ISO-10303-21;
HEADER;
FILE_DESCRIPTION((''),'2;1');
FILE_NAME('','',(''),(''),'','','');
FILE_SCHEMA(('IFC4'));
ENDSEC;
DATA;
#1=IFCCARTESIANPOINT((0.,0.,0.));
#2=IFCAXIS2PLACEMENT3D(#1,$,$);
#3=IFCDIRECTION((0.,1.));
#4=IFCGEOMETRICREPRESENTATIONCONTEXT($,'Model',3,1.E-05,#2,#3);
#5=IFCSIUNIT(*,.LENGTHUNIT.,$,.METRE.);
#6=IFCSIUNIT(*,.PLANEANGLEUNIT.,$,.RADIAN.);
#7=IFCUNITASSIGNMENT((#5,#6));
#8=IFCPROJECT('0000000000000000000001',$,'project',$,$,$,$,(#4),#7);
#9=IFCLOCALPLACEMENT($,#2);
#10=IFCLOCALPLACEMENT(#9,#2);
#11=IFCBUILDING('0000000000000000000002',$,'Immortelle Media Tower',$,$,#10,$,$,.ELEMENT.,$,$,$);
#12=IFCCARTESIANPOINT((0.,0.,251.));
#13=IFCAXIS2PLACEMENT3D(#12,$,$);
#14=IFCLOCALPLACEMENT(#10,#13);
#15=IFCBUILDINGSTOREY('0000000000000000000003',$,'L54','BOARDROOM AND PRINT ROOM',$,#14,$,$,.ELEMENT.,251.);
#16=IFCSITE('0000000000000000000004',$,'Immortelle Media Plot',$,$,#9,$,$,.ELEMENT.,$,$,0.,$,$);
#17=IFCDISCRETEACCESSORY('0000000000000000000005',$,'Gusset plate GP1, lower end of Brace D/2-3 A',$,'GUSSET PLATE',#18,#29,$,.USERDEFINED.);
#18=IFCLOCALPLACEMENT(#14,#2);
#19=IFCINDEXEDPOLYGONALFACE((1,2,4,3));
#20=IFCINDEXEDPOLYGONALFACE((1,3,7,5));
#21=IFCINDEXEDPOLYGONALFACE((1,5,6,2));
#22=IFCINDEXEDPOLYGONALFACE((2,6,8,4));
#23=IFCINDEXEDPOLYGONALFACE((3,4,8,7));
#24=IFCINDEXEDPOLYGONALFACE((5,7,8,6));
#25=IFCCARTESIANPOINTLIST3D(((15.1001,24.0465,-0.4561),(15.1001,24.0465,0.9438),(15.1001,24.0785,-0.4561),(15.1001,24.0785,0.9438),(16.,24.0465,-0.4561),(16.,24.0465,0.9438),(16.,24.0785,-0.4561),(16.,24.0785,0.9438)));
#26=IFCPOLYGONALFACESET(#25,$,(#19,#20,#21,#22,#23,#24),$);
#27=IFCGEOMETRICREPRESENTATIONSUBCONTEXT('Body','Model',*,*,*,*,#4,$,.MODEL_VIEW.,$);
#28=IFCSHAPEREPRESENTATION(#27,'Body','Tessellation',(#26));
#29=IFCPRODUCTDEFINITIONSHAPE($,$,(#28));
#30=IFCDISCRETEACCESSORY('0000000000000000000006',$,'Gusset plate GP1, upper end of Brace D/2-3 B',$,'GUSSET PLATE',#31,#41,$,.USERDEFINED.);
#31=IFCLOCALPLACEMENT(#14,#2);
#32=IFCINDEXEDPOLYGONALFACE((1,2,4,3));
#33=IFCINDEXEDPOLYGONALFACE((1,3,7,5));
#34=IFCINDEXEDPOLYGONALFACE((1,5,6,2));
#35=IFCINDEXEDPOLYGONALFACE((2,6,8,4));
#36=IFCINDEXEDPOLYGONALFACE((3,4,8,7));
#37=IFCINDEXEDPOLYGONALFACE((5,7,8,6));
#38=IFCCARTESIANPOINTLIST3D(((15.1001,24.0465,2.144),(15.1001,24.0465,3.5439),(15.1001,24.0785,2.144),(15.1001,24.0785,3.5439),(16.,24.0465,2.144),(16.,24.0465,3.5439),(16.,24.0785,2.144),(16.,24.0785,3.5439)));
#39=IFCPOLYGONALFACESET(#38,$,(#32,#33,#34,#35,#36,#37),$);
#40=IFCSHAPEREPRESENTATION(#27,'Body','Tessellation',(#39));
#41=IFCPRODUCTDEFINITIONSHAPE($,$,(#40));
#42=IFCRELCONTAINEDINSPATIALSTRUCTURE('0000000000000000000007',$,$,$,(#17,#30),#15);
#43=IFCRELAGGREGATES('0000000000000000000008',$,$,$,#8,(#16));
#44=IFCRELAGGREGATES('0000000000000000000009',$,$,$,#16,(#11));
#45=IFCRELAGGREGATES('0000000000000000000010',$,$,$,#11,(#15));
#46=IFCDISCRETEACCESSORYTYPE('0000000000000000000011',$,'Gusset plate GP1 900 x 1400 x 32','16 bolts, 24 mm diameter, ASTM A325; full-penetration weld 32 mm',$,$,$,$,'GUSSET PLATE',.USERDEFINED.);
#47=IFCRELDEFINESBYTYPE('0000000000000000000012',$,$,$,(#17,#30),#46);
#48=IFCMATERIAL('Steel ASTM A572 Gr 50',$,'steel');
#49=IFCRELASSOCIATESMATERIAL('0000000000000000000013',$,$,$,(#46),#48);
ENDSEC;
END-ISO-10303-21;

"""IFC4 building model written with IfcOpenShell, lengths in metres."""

from ifc_helpers import new_model, si_unit, direction, frame, origin, origin_2d, place, context, subcontext, project, spatial, rectangle, extrude, material, material_profile, profile_set, type_object, element, save


model = new_model("IFC4")

# Units and contexts
model_context = context("Model", 3, precision=1e-05, world=origin(), true_north=direction((0.0, 1.0)))
body_context = subcontext(model_context, "Body", "Model", "MODEL_VIEW")
ifc_project = project(units=[si_unit("LENGTHUNIT", "METRE"), si_unit("PLANEANGLEUNIT", "RADIAN")], contexts=[model_context])

# Site, building, storey
site_placement = place(None, origin())
site = spatial("IfcSite", under=ifc_project, at=site_placement, Name="Immortelle Media Plot", CompositionType="ELEMENT", RefElevation=0.0)
building_placement = place(site_placement, origin())
building = spatial("IfcBuilding", under=site, at=building_placement, Name="Immortelle Media Tower", CompositionType="ELEMENT")
storey_placement = place(building_placement, frame((0.0, 0.0, 251.0)))
storey = spatial("IfcBuildingStorey", under=building, at=storey_placement, Name="L54", Description="BOARDROOM AND PRINT ROOM", CompositionType="ELEMENT", Elevation=251.0)

# Discrete accessories
ifc_material_1 = material(Name="Steel ASTM A572 Gr 50", Category="steel")
ifc_material_profile_1 = material_profile(ifc_material_1, rectangle(XDim=0.032, YDim=1.3999, at=origin_2d()), Name="PL 32 x 1400")
ifc_profile_set_1 = profile_set([ifc_material_profile_1], Name="Steel ASTM A572 Gr 50")
discrete_accessory_type_1 = type_object("IfcDiscreteAccessoryType", Name="Gusset plate GP1 900 x 1400 x 32", Description="16 bolts, 24 mm diameter, ASTM A325; full-penetration weld 32 mm", ElementType="GUSSET PLATE", PredefinedType="USERDEFINED", material=ifc_profile_set_1)
for number, where, z_axis, x_axis, name in (
    (1, (16.0, 24.0625, 0.2439), (-1.0, 0.0, 0.0), (0.0, -1.0, 0.0), "Gusset plate GP1, lower end of Brace D/2-3 A"),
    (2, (16.0, 24.0625, 2.844), (-1.0, 0.0, 0.0), (0.0, -1.0, 0.0), "Gusset plate GP1, upper end of Brace D/2-3 B"),
):
    element("IfcDiscreteAccessory", number, at=place(storey_placement, frame(where, z_axis=z_axis, x_axis=x_axis)), inside=storey, type_object=discrete_accessory_type_1, Name=name, ObjectType="GUSSET PLATE", PredefinedType="USERDEFINED", context=body_context, shape_type="SweptSolid", body=[
        extrude(rectangle(XDim=0.032, YDim=1.3999, at=origin_2d()), origin(), (0.0, 0.0, 1.0), 0.8999),
    ])

save(model, "model.ifc")
